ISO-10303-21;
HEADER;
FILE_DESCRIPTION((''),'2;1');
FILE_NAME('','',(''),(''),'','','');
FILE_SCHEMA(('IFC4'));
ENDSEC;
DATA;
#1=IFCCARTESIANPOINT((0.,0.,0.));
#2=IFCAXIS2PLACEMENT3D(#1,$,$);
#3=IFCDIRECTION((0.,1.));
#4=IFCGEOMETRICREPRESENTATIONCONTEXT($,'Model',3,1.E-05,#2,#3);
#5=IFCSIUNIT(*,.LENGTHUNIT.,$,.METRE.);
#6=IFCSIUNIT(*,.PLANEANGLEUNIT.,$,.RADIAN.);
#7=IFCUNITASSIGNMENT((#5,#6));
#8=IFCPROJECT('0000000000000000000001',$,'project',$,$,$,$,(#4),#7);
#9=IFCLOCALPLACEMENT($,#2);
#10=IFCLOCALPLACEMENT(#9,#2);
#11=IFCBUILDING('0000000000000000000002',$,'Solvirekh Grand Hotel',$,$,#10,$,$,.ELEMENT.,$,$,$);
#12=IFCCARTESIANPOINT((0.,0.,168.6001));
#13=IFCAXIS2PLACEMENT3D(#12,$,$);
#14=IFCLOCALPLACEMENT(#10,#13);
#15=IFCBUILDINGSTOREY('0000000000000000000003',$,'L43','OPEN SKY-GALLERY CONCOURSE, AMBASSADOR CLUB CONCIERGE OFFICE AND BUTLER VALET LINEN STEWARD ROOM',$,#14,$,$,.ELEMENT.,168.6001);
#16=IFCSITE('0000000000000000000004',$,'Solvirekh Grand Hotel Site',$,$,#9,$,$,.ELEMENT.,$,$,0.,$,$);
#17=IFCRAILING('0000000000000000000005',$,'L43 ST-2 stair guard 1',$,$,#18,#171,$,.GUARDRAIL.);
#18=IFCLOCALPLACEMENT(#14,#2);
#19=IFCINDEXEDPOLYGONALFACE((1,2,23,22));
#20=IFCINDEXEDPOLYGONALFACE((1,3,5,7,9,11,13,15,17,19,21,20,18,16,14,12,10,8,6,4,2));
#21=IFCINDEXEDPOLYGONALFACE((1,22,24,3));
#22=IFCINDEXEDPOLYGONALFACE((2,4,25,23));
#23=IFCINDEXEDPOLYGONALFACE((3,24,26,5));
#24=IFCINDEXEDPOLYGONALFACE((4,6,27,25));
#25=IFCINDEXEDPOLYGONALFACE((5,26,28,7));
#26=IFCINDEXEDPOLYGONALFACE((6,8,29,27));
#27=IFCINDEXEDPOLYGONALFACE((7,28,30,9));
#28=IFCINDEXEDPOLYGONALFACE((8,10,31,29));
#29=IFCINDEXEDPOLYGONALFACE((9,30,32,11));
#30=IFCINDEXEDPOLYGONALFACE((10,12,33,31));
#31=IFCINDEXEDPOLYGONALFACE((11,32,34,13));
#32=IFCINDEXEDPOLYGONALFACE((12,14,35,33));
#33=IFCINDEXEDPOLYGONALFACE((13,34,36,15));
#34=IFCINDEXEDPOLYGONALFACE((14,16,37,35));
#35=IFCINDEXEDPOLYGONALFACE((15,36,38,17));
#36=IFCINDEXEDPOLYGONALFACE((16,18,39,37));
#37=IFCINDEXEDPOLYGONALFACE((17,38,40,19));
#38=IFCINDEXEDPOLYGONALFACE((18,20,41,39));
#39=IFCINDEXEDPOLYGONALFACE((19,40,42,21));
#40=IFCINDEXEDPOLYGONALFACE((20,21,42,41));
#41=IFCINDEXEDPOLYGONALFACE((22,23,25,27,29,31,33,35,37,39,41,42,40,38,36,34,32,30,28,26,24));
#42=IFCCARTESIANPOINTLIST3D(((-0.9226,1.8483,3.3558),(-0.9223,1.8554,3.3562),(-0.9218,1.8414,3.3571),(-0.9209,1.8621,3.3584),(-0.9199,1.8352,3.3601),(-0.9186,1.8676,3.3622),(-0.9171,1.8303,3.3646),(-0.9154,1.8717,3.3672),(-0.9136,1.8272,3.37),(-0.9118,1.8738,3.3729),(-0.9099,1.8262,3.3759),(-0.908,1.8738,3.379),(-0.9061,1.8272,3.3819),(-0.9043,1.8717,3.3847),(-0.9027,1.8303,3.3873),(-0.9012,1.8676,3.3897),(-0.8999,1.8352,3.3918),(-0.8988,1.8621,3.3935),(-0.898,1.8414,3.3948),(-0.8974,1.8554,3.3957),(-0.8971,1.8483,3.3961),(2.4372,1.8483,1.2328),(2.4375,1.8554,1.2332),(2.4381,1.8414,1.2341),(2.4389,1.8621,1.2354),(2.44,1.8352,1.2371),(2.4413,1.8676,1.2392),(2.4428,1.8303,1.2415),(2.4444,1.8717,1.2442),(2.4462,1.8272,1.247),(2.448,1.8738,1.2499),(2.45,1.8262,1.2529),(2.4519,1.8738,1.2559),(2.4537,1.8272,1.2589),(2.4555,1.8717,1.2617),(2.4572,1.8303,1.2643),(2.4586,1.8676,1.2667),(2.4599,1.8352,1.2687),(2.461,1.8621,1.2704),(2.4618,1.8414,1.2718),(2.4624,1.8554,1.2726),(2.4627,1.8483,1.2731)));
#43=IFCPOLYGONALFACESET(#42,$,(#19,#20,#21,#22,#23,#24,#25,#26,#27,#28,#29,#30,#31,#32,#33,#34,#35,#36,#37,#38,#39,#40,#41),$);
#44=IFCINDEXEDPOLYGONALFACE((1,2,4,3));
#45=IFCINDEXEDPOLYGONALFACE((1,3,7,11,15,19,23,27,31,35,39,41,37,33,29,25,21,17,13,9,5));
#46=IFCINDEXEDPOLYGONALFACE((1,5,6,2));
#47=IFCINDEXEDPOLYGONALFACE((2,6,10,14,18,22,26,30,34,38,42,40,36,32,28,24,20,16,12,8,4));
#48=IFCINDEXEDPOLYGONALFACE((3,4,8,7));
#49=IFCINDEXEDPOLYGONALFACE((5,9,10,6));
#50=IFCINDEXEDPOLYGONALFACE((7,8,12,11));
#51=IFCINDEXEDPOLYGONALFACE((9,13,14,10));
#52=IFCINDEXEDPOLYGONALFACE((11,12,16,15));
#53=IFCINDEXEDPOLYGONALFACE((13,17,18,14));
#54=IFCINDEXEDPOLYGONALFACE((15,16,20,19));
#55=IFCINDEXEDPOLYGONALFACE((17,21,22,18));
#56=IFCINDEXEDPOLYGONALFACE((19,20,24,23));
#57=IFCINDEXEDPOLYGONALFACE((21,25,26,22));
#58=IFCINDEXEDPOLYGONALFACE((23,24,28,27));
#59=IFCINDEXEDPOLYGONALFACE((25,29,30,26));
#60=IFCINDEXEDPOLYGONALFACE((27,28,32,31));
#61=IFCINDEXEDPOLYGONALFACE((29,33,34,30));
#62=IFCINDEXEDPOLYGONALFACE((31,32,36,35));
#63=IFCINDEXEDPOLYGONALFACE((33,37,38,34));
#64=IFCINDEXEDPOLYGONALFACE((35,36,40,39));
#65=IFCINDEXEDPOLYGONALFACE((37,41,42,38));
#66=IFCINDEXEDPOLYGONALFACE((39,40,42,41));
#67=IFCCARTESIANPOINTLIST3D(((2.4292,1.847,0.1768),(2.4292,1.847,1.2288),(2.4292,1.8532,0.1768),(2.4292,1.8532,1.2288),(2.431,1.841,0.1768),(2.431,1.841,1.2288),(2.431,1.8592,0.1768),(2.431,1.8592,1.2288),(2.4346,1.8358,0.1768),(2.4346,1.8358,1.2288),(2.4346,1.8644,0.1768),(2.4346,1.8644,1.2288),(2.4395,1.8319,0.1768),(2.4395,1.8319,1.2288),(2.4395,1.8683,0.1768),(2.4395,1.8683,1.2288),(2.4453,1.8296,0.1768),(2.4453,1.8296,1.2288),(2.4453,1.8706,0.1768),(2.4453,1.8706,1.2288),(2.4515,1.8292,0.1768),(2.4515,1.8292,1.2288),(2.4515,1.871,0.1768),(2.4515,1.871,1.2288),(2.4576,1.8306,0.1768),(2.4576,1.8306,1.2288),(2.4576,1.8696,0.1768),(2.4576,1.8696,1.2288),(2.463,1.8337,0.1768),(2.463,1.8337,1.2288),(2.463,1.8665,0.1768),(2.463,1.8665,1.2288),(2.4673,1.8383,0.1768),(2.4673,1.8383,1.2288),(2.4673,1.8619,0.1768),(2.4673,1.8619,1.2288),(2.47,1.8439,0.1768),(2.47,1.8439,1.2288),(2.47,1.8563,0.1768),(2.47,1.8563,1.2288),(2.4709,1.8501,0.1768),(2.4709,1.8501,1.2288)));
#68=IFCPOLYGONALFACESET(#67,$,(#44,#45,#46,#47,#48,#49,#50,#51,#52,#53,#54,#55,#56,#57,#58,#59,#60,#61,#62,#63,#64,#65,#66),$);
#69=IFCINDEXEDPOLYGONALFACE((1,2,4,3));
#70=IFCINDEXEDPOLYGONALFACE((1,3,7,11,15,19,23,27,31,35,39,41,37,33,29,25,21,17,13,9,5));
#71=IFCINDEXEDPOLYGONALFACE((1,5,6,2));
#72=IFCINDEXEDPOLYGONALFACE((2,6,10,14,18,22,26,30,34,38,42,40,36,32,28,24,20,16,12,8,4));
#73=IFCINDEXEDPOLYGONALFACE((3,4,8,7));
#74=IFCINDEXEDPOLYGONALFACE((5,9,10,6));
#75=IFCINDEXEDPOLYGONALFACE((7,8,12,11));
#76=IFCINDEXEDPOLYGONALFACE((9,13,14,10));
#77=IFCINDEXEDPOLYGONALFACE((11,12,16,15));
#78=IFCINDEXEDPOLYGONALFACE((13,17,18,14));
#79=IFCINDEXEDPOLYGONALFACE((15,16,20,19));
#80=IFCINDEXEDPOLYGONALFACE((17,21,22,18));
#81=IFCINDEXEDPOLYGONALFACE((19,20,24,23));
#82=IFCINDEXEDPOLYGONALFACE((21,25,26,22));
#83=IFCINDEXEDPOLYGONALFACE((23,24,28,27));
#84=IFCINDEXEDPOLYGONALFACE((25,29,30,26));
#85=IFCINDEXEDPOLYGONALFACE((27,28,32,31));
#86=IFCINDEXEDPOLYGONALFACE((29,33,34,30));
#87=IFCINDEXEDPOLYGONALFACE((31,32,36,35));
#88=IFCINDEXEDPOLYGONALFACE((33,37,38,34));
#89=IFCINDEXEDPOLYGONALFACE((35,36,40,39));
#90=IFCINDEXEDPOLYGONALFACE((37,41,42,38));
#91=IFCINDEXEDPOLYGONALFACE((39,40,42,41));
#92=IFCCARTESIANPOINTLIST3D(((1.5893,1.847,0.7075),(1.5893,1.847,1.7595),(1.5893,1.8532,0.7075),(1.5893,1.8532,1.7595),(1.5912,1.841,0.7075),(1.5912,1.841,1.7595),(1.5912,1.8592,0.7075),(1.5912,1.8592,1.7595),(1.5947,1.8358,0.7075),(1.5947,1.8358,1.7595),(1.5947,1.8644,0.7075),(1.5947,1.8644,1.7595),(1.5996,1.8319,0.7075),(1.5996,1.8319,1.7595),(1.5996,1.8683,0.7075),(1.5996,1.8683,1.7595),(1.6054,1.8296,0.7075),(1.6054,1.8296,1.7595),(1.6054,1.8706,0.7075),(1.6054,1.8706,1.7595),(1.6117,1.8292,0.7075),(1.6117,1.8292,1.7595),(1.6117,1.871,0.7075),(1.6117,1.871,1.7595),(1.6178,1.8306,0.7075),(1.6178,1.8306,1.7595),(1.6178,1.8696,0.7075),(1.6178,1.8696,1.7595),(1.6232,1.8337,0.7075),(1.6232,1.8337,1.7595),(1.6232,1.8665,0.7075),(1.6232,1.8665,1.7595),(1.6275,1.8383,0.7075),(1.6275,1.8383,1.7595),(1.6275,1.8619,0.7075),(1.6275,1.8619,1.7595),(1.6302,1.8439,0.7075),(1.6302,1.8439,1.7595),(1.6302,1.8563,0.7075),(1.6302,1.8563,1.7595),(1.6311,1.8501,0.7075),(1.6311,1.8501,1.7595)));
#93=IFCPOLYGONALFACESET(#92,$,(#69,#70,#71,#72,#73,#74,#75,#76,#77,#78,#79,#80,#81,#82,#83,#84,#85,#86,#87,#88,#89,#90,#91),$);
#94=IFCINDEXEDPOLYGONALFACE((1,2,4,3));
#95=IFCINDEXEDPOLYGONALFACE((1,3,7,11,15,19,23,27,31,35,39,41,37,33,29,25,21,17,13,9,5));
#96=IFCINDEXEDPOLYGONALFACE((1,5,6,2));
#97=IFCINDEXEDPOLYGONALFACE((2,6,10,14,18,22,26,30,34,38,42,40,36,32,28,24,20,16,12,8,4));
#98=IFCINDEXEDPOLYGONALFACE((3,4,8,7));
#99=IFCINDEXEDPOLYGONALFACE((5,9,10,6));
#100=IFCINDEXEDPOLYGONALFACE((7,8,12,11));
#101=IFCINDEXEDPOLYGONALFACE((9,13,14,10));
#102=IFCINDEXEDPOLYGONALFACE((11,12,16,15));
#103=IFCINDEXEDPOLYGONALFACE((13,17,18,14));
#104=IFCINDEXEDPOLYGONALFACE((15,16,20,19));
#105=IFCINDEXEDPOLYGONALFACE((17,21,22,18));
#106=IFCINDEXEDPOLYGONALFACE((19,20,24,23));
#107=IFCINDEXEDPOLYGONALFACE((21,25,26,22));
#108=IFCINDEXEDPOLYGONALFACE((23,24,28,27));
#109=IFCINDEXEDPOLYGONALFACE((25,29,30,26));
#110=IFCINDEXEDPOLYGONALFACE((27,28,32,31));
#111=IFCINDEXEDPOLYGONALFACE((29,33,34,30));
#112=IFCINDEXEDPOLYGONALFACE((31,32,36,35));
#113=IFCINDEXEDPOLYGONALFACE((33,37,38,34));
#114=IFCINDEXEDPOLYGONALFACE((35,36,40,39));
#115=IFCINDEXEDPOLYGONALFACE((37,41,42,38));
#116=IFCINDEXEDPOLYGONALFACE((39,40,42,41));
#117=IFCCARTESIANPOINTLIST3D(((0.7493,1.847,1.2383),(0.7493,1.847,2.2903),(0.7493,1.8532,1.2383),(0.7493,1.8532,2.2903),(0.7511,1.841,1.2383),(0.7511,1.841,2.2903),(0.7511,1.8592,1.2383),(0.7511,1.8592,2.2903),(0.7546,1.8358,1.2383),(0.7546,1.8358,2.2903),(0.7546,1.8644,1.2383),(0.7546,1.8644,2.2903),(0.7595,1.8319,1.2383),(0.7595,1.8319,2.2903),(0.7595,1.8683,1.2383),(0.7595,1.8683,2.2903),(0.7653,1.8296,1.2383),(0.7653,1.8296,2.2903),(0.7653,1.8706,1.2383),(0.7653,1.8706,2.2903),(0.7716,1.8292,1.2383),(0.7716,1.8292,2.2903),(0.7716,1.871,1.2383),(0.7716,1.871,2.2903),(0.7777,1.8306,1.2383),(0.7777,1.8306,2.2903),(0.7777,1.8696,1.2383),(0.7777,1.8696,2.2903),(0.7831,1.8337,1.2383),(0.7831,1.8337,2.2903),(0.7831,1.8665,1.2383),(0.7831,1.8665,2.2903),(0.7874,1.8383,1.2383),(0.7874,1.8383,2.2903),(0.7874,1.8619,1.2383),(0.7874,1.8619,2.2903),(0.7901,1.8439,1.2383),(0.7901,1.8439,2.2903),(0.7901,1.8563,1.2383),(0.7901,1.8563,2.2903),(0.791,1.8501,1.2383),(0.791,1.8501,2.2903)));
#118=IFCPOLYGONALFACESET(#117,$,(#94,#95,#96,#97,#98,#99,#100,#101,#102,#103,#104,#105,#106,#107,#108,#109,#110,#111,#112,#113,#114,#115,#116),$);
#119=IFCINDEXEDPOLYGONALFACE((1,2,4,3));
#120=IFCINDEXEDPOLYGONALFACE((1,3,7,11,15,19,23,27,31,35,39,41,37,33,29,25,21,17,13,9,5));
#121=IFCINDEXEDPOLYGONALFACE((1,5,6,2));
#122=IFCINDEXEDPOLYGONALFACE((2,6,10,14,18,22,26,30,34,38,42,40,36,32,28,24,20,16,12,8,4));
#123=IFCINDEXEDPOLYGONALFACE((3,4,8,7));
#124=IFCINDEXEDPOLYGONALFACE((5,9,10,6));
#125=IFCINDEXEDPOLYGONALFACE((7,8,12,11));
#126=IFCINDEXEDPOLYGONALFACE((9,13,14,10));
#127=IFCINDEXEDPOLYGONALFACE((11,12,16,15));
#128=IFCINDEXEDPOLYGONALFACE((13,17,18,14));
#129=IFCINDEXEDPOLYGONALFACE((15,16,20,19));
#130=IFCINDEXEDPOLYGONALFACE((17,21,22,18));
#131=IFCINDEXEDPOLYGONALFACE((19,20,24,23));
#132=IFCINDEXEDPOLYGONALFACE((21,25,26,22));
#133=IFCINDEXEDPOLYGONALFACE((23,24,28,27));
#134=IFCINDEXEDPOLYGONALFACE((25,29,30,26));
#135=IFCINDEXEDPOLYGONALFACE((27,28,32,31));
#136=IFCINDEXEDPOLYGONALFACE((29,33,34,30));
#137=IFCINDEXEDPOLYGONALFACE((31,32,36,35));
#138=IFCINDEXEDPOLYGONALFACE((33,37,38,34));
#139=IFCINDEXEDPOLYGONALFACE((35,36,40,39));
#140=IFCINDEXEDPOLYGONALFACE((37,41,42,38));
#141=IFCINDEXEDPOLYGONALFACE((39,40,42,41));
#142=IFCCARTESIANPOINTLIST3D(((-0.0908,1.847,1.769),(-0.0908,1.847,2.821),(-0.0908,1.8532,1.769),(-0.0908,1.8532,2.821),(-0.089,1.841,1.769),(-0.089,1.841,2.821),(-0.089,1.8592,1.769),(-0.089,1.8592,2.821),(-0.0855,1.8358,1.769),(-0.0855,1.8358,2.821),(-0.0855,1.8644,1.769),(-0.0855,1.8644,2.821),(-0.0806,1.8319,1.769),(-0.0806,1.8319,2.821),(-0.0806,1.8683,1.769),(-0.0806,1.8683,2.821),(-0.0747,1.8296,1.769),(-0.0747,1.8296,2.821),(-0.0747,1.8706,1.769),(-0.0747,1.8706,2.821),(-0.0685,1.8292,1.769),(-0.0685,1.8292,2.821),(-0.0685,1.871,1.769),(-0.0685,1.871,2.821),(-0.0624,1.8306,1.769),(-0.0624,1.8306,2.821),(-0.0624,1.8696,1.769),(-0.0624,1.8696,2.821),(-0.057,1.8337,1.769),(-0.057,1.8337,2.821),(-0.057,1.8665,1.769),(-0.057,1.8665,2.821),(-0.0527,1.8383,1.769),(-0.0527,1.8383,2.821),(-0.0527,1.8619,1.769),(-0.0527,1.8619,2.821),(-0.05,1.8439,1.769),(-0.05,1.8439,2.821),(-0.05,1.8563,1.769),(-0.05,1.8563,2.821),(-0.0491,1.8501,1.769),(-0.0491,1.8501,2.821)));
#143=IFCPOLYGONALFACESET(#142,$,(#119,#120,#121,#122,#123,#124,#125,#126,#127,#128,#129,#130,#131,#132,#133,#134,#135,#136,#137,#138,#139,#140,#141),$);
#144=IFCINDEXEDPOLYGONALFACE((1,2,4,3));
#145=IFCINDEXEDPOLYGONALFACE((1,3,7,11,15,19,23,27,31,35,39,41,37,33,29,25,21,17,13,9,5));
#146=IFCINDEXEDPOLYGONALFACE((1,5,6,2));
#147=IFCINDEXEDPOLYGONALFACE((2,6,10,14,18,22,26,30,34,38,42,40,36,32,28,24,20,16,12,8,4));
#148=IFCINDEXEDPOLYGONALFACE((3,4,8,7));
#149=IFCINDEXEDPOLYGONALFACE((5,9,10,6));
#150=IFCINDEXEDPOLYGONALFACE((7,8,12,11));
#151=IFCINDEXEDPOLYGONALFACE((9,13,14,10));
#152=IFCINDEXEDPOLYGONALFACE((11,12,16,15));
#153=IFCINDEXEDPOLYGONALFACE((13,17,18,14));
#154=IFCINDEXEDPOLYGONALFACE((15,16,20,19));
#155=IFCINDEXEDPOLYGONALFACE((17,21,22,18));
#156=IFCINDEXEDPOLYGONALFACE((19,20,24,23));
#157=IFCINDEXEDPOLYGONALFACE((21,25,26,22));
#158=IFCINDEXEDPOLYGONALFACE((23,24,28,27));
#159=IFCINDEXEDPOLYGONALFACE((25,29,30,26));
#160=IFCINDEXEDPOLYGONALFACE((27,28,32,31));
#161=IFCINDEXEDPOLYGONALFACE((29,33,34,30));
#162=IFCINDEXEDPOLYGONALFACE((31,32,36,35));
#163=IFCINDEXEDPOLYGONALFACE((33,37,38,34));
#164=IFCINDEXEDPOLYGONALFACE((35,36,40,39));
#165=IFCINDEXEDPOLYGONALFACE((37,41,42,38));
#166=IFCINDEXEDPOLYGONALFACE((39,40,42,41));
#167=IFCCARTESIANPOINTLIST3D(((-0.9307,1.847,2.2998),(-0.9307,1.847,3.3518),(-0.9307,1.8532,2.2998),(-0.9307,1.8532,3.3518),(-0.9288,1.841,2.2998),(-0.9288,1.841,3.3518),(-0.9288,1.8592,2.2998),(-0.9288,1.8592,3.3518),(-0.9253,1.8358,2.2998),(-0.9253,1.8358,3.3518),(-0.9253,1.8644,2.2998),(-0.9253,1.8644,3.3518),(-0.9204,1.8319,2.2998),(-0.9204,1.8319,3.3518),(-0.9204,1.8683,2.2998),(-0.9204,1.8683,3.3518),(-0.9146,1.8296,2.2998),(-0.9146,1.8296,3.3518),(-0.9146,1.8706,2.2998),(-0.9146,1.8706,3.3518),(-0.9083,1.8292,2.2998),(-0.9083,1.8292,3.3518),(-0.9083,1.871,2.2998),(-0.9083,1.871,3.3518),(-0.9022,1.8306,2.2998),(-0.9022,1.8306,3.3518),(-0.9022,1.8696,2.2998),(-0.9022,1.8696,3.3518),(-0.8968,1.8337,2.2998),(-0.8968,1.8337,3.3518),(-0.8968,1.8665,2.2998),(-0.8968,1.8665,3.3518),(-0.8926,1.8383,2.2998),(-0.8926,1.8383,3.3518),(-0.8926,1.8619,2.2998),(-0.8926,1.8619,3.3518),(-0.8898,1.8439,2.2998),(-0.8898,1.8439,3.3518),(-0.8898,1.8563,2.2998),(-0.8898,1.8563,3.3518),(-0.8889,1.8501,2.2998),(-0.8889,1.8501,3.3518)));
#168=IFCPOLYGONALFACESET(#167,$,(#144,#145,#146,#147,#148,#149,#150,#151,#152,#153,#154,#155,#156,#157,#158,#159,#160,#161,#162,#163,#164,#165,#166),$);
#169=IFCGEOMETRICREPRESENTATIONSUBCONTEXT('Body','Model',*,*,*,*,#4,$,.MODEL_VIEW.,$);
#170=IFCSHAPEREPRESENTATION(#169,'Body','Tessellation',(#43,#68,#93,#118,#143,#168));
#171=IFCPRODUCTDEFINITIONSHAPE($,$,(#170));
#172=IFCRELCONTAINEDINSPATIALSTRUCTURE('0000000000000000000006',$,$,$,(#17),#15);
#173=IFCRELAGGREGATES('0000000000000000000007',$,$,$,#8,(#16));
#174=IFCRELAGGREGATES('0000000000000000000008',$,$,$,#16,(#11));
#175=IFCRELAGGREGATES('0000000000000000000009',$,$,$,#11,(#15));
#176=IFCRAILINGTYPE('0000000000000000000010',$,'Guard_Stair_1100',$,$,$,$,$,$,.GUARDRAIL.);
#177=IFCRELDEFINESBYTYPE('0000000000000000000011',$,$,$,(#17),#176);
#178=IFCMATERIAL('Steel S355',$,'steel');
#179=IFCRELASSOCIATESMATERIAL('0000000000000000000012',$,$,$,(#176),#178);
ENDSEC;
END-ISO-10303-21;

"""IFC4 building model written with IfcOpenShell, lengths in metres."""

from ifc_helpers import new_model, si_unit, direction, frame, origin, origin_2d, place, context, subcontext, project, spatial, circle, extrude, material, type_object, element, save


model = new_model("IFC4")

# Units and contexts
model_context = context("Model", 3, precision=1e-05, world=origin(), true_north=direction((0.0, 1.0)))
body_context = subcontext(model_context, "Body", "Model", "MODEL_VIEW")
ifc_project = project(units=[si_unit("LENGTHUNIT", "METRE"), si_unit("PLANEANGLEUNIT", "RADIAN")], contexts=[model_context])

# Site, building, storey
site_placement = place(None, origin())
site = spatial("IfcSite", under=ifc_project, at=site_placement, Name="Solvirekh Grand Hotel Site", CompositionType="ELEMENT", RefElevation=0.0)
building_placement = place(site_placement, origin())
building = spatial("IfcBuilding", under=site, at=building_placement, Name="Solvirekh Grand Hotel", CompositionType="ELEMENT")
storey_placement = place(building_placement, frame((0.0, 0.0, 168.6001)))
storey = spatial("IfcBuildingStorey", under=building, at=storey_placement, Name="L43", Description="OPEN SKY-GALLERY CONCOURSE, AMBASSADOR CLUB CONCIERGE OFFICE AND BUTLER VALET LINEN STEWARD ROOM", CompositionType="ELEMENT", Elevation=168.6001)

# Railing
ifc_material_1 = material(Name="Steel S355", Category="steel")
railing_type_1 = type_object("IfcRailingType", Name="Guard_Stair_1100", PredefinedType="GUARDRAIL", material=ifc_material_1)
railing_1_placement = place(storey_placement, frame((2.45, 1.8501, 0.1768)))
element("IfcRailing", 1, at=railing_1_placement, inside=storey, type_object=railing_type_1, Name="L43 ST-2 stair guard 1", PredefinedType="GUARDRAIL", context=body_context, shape_type="SweptSolid", body=[
    extrude(circle(Radius=0.0239, at=origin_2d()), frame((0.0, 0.0, 1.0762), z_axis=(-0.845372, 0.0, 0.534178), x_axis=(0.0, -1.0, 0.0)), (0.0, 0.0, 1.0), 3.9744),
    extrude(circle(Radius=0.021, at=origin_2d()), origin(), (0.0, 0.0, 1.0), 1.052),
    extrude(circle(Radius=0.021, at=origin_2d()), frame((-0.8398, 0.0, 0.5308)), (0.0, 0.0, 1.0), 1.052),
    extrude(circle(Radius=0.021, at=origin_2d()), frame((-1.6799, 0.0, 1.0615)), (0.0, 0.0, 1.0), 1.052),
    extrude(circle(Radius=0.021, at=origin_2d()), frame((-2.52, 0.0, 1.5923)), (0.0, 0.0, 1.0), 1.052),
    extrude(circle(Radius=0.021, at=origin_2d()), frame((-3.3599, 0.0, 2.123)), (0.0, 0.0, 1.0), 1.052),
])

save(model, "model.ifc")
